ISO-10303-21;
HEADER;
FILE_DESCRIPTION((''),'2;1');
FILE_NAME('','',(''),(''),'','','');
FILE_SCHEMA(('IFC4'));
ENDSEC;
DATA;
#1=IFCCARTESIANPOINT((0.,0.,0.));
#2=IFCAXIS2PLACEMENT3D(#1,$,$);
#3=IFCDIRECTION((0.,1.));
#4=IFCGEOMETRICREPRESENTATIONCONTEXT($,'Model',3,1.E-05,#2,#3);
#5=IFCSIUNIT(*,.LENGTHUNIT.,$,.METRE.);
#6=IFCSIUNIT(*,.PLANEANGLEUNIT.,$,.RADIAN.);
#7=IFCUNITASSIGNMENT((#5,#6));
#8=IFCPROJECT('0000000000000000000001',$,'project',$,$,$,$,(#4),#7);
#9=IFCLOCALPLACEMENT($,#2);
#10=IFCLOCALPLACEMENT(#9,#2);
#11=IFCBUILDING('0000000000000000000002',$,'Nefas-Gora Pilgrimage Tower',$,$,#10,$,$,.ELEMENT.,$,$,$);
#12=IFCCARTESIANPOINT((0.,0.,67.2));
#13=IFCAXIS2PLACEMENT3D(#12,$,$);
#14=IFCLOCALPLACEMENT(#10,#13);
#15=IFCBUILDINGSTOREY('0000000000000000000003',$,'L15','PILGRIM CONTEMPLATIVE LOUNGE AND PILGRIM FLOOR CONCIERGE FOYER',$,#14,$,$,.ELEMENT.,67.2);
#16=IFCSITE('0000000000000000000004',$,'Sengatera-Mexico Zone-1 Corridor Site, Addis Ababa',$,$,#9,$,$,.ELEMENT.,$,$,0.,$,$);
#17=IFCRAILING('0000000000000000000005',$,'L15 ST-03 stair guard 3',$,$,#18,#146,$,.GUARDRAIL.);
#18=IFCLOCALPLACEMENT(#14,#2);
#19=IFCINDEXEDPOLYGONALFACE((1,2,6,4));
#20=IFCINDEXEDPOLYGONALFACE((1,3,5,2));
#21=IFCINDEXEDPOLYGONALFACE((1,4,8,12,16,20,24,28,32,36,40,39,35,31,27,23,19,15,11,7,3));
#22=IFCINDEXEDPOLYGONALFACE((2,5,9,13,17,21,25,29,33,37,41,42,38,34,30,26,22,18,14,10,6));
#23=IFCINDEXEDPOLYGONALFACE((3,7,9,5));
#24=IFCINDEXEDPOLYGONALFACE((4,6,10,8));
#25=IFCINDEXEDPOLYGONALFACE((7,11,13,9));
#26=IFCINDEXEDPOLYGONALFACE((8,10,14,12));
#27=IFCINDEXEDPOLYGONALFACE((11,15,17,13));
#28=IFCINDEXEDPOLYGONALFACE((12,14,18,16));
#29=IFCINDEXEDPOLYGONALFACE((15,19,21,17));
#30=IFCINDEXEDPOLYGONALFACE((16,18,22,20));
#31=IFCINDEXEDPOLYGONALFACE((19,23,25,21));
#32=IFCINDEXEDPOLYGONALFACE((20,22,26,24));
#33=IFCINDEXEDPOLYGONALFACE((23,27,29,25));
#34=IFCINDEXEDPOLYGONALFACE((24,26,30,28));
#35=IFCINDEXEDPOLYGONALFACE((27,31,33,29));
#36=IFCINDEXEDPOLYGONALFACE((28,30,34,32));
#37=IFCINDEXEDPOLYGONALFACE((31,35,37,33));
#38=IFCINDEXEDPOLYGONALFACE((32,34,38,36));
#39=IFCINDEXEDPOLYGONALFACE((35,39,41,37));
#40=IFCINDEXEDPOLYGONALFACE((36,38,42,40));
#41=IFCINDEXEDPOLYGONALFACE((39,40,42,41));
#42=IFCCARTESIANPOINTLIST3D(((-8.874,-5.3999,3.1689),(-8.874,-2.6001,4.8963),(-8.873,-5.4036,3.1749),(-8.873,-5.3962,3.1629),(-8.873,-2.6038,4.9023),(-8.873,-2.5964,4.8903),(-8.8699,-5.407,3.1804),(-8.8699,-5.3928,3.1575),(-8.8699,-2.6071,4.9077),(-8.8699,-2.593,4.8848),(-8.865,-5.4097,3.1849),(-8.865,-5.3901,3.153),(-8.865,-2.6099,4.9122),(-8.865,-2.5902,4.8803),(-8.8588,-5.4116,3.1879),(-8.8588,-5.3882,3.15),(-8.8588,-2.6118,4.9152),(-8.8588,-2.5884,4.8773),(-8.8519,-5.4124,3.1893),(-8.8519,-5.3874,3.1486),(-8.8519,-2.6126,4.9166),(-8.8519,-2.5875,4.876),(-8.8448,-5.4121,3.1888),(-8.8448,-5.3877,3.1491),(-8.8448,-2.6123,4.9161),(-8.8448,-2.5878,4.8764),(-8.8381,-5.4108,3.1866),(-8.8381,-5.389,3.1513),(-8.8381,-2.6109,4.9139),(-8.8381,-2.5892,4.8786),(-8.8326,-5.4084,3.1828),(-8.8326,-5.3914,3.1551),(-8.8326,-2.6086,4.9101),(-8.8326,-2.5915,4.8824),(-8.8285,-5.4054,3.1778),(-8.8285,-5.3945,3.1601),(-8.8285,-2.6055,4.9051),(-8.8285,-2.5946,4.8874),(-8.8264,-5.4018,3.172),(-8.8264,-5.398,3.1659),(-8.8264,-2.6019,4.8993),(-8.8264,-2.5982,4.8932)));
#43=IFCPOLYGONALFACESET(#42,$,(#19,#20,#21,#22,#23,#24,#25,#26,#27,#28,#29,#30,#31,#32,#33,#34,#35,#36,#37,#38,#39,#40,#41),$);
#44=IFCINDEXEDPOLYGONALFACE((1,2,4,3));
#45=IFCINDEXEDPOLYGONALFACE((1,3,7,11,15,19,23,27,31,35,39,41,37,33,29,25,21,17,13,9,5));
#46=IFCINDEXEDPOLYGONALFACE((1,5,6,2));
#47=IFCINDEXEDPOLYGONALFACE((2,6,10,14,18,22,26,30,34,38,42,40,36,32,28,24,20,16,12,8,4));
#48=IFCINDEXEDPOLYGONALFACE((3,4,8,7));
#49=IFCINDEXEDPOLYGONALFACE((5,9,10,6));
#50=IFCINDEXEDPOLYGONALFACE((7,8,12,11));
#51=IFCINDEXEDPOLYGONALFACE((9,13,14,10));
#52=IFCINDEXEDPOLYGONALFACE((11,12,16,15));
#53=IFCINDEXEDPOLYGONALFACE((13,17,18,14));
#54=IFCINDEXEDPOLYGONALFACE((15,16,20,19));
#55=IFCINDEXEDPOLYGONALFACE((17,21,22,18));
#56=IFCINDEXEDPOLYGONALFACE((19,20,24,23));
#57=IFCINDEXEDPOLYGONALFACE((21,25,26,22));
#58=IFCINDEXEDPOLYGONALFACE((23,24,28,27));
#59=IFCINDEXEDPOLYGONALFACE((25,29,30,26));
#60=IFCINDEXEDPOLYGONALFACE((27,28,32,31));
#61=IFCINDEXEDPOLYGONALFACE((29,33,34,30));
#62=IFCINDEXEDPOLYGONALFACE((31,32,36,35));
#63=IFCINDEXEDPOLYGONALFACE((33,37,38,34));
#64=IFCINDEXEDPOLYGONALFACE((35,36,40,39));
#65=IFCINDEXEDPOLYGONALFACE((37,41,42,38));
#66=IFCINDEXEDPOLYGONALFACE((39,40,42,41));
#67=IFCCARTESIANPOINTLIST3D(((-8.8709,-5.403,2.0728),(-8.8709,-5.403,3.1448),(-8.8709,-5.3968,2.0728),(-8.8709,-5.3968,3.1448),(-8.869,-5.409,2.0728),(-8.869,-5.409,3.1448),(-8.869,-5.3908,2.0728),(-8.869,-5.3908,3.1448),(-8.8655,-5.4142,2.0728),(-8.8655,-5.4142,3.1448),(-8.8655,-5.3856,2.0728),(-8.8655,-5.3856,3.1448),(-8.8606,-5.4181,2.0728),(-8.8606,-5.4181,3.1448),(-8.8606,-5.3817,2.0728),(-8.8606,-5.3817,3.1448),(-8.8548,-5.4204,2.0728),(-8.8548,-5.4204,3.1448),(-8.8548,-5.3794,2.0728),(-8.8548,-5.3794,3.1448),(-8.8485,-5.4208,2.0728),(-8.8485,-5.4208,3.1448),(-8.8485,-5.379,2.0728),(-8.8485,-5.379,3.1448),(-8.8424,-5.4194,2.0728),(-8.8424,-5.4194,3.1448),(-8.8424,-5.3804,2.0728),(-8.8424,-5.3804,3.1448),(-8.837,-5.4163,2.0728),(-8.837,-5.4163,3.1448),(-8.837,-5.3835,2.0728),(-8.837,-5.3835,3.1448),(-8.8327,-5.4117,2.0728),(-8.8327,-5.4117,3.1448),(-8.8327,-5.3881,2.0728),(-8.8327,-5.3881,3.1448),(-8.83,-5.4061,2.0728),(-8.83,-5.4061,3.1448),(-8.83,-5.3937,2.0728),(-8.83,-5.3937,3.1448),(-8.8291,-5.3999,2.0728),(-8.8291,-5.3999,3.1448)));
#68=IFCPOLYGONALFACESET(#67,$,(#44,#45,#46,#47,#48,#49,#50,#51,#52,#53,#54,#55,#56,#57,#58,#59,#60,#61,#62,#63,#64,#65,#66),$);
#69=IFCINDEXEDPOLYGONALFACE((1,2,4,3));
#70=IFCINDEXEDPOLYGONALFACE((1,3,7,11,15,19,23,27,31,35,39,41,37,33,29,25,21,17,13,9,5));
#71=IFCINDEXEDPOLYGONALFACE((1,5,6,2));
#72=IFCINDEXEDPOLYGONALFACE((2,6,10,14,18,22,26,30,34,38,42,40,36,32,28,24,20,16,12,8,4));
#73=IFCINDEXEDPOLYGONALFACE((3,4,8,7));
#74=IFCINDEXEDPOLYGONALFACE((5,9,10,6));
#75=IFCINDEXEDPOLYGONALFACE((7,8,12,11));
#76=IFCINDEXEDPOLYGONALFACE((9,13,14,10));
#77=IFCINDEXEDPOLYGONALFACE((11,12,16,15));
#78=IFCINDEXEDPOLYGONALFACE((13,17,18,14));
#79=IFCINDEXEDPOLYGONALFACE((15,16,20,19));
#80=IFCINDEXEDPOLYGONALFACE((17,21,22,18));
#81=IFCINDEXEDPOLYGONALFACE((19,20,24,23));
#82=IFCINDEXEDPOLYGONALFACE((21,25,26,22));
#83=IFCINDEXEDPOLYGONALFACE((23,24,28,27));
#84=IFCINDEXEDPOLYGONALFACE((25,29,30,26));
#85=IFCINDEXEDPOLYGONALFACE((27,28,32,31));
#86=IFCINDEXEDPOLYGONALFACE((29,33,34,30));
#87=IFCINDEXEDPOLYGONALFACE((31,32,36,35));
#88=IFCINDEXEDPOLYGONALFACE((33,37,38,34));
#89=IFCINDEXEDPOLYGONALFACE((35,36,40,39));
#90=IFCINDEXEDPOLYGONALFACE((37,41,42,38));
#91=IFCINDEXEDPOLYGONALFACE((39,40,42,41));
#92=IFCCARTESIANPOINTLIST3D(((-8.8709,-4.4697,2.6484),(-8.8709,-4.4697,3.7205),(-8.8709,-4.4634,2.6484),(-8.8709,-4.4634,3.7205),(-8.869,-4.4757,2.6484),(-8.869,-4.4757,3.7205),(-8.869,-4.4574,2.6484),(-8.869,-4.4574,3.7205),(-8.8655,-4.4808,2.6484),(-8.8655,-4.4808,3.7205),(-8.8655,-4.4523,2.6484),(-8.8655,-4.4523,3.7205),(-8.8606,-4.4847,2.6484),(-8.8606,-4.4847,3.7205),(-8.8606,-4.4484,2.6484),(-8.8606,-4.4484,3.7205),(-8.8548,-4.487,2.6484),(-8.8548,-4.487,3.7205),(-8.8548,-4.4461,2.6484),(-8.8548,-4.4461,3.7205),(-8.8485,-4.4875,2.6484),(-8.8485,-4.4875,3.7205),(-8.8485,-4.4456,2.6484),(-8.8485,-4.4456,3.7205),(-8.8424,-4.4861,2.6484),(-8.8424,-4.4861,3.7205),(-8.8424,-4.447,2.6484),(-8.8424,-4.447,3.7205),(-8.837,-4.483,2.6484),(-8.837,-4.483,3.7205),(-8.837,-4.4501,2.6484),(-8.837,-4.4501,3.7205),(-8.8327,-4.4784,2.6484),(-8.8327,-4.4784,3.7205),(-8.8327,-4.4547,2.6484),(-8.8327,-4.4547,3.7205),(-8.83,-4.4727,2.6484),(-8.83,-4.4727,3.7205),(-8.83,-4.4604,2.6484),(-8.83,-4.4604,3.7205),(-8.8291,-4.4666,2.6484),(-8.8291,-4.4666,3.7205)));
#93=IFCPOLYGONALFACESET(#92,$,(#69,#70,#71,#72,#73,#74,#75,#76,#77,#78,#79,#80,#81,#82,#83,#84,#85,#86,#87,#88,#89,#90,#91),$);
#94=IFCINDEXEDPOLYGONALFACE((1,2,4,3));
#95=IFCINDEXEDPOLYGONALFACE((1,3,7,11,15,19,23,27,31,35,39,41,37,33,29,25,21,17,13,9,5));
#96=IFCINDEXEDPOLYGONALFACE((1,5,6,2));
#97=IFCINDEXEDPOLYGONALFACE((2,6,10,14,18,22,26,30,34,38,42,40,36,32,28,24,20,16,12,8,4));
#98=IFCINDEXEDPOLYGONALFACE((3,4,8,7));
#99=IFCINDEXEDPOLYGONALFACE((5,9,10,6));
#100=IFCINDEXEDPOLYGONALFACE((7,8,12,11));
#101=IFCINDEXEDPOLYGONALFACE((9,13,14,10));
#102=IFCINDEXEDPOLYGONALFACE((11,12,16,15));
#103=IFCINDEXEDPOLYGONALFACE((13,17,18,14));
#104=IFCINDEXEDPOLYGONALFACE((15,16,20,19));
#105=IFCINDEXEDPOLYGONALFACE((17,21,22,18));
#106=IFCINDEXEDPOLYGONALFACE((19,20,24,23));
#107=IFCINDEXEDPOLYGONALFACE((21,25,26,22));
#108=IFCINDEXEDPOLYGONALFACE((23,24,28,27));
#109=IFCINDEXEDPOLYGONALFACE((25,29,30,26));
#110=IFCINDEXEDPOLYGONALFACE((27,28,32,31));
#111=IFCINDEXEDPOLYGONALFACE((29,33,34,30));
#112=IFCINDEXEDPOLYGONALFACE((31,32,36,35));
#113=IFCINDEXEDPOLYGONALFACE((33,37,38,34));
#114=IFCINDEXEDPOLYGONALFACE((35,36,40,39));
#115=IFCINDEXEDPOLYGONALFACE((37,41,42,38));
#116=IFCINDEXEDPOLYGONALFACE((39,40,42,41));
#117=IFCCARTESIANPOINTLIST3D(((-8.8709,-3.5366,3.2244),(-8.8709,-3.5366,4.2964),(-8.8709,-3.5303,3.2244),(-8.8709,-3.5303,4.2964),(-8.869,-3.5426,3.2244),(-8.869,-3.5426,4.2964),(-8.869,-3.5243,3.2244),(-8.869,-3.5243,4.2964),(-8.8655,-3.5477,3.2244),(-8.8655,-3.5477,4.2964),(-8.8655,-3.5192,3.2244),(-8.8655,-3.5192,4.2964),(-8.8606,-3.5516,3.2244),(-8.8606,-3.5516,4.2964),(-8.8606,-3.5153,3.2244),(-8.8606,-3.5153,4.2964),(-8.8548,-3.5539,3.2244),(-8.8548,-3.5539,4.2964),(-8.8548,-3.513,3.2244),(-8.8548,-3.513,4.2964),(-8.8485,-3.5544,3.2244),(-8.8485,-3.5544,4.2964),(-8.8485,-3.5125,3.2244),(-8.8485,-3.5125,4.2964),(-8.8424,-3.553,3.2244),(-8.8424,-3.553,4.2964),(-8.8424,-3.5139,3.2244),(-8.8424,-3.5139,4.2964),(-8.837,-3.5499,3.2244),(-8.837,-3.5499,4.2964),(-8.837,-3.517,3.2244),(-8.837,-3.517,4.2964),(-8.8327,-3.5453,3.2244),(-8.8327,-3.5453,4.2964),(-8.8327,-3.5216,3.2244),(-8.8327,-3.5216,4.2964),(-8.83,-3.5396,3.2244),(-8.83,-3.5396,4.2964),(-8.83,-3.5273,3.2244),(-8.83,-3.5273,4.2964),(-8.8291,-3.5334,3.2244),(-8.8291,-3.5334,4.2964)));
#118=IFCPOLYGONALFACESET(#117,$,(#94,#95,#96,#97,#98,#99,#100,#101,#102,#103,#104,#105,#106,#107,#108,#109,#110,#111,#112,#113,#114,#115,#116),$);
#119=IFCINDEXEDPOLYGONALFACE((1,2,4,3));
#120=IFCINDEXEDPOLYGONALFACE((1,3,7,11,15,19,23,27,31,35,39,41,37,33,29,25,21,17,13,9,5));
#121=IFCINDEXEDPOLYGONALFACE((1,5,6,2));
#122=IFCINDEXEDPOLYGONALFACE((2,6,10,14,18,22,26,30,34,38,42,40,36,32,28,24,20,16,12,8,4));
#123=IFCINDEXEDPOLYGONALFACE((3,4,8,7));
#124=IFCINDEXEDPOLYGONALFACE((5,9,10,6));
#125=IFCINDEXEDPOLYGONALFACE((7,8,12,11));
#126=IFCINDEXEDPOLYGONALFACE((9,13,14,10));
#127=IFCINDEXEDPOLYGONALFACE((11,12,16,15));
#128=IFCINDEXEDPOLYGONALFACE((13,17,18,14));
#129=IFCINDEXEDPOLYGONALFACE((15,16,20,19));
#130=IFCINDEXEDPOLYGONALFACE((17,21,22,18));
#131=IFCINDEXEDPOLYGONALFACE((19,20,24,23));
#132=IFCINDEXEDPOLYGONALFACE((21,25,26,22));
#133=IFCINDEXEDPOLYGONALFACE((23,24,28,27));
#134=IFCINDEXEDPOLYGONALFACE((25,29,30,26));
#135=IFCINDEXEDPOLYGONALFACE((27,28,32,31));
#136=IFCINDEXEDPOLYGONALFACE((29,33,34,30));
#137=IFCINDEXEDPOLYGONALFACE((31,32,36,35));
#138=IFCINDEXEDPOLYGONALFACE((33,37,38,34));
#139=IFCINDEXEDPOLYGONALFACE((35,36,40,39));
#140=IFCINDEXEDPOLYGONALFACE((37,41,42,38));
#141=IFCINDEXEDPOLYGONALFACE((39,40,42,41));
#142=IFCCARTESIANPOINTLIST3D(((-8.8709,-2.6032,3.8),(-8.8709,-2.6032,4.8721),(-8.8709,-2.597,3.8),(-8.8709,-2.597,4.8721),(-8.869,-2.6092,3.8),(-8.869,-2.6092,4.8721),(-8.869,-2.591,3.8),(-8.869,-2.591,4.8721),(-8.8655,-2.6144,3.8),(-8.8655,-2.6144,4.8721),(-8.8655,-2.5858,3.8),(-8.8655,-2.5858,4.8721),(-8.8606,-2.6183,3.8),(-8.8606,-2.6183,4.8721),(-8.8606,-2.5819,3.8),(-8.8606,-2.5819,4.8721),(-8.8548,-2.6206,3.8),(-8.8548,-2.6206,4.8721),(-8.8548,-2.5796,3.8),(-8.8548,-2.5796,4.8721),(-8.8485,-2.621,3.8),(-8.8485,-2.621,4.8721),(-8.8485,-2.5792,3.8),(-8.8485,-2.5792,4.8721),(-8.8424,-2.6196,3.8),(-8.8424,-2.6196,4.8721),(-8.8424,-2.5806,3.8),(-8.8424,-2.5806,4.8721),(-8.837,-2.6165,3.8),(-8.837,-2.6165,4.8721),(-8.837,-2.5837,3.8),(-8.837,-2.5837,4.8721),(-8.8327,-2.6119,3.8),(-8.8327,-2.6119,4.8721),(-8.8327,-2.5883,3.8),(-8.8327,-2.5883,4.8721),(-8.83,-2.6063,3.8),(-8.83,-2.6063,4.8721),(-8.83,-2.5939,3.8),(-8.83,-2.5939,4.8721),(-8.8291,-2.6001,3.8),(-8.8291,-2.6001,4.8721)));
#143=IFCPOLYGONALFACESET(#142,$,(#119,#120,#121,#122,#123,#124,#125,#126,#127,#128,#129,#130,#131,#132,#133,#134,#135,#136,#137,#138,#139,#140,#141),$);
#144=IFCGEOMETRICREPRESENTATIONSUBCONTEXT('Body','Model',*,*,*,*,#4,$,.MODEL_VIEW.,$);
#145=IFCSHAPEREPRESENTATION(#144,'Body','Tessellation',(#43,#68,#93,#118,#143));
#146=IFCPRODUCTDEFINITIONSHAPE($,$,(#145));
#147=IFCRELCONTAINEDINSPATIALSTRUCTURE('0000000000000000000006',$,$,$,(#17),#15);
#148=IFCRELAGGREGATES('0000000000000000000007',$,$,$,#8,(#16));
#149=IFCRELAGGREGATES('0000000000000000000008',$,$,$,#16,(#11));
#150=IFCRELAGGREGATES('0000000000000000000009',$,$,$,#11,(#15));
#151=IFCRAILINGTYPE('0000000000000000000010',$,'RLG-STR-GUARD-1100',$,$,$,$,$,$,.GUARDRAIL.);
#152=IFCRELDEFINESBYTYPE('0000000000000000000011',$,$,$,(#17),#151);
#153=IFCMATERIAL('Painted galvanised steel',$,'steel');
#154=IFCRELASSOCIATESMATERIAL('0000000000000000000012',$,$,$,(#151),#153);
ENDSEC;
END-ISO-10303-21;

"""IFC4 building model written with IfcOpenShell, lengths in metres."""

from ifc_helpers import new_model, si_unit, direction, frame, origin, origin_2d, place, context, subcontext, project, spatial, circle, extrude, material, type_object, element, save


model = new_model("IFC4")

# Units and contexts
model_context = context("Model", 3, precision=1e-05, world=origin(), true_north=direction((0.0, 1.0)))
body_context = subcontext(model_context, "Body", "Model", "MODEL_VIEW")
ifc_project = project(units=[si_unit("LENGTHUNIT", "METRE"), si_unit("PLANEANGLEUNIT", "RADIAN")], contexts=[model_context])

# Site, building, storey
site_placement = place(None, origin())
site = spatial("IfcSite", under=ifc_project, at=site_placement, Name="Sengatera-Mexico Zone-1 Corridor Site, Addis Ababa", CompositionType="ELEMENT", RefElevation=0.0)
building_placement = place(site_placement, origin())
building = spatial("IfcBuilding", under=site, at=building_placement, Name="Nefas-Gora Pilgrimage Tower", CompositionType="ELEMENT")
storey_placement = place(building_placement, frame((0.0, 0.0, 67.2)))
storey = spatial("IfcBuildingStorey", under=building, at=storey_placement, Name="L15", Description="PILGRIM CONTEMPLATIVE LOUNGE AND PILGRIM FLOOR CONCIERGE FOYER", CompositionType="ELEMENT", Elevation=67.2)

# Railing
ifc_material_1 = material(Name="Painted galvanised steel", Category="steel")
railing_type_1 = type_object("IfcRailingType", Name="RLG-STR-GUARD-1100", PredefinedType="GUARDRAIL", material=ifc_material_1)
railing_1_placement = place(storey_placement, frame((-8.8501, -5.3999, 2.0728)))
element("IfcRailing", 1, at=railing_1_placement, inside=storey, type_object=railing_type_1, Name="L15 ST-03 stair guard 3", PredefinedType="GUARDRAIL", context=body_context, shape_type="SweptSolid", body=[
    extrude(circle(Radius=0.0239, at=origin_2d()), frame((0.0, 0.0, 1.0962), z_axis=(0.0, 0.851069, 0.525054), x_axis=(-1.0, 0.0, 0.0)), (0.0, 0.0, 1.0), 3.2898),
    extrude(circle(Radius=0.021, at=origin_2d()), origin(), (0.0, 0.0, 1.0), 1.072),
    extrude(circle(Radius=0.021, at=origin_2d()), frame((0.0, 0.9333, 0.5757)), (0.0, 0.0, 1.0), 1.072),
    extrude(circle(Radius=0.021, at=origin_2d()), frame((0.0, 1.8665, 1.1516)), (0.0, 0.0, 1.0), 1.072),
    extrude(circle(Radius=0.021, at=origin_2d()), frame((0.0, 2.7998, 1.7273)), (0.0, 0.0, 1.0), 1.072),
])

save(model, "model.ifc")
